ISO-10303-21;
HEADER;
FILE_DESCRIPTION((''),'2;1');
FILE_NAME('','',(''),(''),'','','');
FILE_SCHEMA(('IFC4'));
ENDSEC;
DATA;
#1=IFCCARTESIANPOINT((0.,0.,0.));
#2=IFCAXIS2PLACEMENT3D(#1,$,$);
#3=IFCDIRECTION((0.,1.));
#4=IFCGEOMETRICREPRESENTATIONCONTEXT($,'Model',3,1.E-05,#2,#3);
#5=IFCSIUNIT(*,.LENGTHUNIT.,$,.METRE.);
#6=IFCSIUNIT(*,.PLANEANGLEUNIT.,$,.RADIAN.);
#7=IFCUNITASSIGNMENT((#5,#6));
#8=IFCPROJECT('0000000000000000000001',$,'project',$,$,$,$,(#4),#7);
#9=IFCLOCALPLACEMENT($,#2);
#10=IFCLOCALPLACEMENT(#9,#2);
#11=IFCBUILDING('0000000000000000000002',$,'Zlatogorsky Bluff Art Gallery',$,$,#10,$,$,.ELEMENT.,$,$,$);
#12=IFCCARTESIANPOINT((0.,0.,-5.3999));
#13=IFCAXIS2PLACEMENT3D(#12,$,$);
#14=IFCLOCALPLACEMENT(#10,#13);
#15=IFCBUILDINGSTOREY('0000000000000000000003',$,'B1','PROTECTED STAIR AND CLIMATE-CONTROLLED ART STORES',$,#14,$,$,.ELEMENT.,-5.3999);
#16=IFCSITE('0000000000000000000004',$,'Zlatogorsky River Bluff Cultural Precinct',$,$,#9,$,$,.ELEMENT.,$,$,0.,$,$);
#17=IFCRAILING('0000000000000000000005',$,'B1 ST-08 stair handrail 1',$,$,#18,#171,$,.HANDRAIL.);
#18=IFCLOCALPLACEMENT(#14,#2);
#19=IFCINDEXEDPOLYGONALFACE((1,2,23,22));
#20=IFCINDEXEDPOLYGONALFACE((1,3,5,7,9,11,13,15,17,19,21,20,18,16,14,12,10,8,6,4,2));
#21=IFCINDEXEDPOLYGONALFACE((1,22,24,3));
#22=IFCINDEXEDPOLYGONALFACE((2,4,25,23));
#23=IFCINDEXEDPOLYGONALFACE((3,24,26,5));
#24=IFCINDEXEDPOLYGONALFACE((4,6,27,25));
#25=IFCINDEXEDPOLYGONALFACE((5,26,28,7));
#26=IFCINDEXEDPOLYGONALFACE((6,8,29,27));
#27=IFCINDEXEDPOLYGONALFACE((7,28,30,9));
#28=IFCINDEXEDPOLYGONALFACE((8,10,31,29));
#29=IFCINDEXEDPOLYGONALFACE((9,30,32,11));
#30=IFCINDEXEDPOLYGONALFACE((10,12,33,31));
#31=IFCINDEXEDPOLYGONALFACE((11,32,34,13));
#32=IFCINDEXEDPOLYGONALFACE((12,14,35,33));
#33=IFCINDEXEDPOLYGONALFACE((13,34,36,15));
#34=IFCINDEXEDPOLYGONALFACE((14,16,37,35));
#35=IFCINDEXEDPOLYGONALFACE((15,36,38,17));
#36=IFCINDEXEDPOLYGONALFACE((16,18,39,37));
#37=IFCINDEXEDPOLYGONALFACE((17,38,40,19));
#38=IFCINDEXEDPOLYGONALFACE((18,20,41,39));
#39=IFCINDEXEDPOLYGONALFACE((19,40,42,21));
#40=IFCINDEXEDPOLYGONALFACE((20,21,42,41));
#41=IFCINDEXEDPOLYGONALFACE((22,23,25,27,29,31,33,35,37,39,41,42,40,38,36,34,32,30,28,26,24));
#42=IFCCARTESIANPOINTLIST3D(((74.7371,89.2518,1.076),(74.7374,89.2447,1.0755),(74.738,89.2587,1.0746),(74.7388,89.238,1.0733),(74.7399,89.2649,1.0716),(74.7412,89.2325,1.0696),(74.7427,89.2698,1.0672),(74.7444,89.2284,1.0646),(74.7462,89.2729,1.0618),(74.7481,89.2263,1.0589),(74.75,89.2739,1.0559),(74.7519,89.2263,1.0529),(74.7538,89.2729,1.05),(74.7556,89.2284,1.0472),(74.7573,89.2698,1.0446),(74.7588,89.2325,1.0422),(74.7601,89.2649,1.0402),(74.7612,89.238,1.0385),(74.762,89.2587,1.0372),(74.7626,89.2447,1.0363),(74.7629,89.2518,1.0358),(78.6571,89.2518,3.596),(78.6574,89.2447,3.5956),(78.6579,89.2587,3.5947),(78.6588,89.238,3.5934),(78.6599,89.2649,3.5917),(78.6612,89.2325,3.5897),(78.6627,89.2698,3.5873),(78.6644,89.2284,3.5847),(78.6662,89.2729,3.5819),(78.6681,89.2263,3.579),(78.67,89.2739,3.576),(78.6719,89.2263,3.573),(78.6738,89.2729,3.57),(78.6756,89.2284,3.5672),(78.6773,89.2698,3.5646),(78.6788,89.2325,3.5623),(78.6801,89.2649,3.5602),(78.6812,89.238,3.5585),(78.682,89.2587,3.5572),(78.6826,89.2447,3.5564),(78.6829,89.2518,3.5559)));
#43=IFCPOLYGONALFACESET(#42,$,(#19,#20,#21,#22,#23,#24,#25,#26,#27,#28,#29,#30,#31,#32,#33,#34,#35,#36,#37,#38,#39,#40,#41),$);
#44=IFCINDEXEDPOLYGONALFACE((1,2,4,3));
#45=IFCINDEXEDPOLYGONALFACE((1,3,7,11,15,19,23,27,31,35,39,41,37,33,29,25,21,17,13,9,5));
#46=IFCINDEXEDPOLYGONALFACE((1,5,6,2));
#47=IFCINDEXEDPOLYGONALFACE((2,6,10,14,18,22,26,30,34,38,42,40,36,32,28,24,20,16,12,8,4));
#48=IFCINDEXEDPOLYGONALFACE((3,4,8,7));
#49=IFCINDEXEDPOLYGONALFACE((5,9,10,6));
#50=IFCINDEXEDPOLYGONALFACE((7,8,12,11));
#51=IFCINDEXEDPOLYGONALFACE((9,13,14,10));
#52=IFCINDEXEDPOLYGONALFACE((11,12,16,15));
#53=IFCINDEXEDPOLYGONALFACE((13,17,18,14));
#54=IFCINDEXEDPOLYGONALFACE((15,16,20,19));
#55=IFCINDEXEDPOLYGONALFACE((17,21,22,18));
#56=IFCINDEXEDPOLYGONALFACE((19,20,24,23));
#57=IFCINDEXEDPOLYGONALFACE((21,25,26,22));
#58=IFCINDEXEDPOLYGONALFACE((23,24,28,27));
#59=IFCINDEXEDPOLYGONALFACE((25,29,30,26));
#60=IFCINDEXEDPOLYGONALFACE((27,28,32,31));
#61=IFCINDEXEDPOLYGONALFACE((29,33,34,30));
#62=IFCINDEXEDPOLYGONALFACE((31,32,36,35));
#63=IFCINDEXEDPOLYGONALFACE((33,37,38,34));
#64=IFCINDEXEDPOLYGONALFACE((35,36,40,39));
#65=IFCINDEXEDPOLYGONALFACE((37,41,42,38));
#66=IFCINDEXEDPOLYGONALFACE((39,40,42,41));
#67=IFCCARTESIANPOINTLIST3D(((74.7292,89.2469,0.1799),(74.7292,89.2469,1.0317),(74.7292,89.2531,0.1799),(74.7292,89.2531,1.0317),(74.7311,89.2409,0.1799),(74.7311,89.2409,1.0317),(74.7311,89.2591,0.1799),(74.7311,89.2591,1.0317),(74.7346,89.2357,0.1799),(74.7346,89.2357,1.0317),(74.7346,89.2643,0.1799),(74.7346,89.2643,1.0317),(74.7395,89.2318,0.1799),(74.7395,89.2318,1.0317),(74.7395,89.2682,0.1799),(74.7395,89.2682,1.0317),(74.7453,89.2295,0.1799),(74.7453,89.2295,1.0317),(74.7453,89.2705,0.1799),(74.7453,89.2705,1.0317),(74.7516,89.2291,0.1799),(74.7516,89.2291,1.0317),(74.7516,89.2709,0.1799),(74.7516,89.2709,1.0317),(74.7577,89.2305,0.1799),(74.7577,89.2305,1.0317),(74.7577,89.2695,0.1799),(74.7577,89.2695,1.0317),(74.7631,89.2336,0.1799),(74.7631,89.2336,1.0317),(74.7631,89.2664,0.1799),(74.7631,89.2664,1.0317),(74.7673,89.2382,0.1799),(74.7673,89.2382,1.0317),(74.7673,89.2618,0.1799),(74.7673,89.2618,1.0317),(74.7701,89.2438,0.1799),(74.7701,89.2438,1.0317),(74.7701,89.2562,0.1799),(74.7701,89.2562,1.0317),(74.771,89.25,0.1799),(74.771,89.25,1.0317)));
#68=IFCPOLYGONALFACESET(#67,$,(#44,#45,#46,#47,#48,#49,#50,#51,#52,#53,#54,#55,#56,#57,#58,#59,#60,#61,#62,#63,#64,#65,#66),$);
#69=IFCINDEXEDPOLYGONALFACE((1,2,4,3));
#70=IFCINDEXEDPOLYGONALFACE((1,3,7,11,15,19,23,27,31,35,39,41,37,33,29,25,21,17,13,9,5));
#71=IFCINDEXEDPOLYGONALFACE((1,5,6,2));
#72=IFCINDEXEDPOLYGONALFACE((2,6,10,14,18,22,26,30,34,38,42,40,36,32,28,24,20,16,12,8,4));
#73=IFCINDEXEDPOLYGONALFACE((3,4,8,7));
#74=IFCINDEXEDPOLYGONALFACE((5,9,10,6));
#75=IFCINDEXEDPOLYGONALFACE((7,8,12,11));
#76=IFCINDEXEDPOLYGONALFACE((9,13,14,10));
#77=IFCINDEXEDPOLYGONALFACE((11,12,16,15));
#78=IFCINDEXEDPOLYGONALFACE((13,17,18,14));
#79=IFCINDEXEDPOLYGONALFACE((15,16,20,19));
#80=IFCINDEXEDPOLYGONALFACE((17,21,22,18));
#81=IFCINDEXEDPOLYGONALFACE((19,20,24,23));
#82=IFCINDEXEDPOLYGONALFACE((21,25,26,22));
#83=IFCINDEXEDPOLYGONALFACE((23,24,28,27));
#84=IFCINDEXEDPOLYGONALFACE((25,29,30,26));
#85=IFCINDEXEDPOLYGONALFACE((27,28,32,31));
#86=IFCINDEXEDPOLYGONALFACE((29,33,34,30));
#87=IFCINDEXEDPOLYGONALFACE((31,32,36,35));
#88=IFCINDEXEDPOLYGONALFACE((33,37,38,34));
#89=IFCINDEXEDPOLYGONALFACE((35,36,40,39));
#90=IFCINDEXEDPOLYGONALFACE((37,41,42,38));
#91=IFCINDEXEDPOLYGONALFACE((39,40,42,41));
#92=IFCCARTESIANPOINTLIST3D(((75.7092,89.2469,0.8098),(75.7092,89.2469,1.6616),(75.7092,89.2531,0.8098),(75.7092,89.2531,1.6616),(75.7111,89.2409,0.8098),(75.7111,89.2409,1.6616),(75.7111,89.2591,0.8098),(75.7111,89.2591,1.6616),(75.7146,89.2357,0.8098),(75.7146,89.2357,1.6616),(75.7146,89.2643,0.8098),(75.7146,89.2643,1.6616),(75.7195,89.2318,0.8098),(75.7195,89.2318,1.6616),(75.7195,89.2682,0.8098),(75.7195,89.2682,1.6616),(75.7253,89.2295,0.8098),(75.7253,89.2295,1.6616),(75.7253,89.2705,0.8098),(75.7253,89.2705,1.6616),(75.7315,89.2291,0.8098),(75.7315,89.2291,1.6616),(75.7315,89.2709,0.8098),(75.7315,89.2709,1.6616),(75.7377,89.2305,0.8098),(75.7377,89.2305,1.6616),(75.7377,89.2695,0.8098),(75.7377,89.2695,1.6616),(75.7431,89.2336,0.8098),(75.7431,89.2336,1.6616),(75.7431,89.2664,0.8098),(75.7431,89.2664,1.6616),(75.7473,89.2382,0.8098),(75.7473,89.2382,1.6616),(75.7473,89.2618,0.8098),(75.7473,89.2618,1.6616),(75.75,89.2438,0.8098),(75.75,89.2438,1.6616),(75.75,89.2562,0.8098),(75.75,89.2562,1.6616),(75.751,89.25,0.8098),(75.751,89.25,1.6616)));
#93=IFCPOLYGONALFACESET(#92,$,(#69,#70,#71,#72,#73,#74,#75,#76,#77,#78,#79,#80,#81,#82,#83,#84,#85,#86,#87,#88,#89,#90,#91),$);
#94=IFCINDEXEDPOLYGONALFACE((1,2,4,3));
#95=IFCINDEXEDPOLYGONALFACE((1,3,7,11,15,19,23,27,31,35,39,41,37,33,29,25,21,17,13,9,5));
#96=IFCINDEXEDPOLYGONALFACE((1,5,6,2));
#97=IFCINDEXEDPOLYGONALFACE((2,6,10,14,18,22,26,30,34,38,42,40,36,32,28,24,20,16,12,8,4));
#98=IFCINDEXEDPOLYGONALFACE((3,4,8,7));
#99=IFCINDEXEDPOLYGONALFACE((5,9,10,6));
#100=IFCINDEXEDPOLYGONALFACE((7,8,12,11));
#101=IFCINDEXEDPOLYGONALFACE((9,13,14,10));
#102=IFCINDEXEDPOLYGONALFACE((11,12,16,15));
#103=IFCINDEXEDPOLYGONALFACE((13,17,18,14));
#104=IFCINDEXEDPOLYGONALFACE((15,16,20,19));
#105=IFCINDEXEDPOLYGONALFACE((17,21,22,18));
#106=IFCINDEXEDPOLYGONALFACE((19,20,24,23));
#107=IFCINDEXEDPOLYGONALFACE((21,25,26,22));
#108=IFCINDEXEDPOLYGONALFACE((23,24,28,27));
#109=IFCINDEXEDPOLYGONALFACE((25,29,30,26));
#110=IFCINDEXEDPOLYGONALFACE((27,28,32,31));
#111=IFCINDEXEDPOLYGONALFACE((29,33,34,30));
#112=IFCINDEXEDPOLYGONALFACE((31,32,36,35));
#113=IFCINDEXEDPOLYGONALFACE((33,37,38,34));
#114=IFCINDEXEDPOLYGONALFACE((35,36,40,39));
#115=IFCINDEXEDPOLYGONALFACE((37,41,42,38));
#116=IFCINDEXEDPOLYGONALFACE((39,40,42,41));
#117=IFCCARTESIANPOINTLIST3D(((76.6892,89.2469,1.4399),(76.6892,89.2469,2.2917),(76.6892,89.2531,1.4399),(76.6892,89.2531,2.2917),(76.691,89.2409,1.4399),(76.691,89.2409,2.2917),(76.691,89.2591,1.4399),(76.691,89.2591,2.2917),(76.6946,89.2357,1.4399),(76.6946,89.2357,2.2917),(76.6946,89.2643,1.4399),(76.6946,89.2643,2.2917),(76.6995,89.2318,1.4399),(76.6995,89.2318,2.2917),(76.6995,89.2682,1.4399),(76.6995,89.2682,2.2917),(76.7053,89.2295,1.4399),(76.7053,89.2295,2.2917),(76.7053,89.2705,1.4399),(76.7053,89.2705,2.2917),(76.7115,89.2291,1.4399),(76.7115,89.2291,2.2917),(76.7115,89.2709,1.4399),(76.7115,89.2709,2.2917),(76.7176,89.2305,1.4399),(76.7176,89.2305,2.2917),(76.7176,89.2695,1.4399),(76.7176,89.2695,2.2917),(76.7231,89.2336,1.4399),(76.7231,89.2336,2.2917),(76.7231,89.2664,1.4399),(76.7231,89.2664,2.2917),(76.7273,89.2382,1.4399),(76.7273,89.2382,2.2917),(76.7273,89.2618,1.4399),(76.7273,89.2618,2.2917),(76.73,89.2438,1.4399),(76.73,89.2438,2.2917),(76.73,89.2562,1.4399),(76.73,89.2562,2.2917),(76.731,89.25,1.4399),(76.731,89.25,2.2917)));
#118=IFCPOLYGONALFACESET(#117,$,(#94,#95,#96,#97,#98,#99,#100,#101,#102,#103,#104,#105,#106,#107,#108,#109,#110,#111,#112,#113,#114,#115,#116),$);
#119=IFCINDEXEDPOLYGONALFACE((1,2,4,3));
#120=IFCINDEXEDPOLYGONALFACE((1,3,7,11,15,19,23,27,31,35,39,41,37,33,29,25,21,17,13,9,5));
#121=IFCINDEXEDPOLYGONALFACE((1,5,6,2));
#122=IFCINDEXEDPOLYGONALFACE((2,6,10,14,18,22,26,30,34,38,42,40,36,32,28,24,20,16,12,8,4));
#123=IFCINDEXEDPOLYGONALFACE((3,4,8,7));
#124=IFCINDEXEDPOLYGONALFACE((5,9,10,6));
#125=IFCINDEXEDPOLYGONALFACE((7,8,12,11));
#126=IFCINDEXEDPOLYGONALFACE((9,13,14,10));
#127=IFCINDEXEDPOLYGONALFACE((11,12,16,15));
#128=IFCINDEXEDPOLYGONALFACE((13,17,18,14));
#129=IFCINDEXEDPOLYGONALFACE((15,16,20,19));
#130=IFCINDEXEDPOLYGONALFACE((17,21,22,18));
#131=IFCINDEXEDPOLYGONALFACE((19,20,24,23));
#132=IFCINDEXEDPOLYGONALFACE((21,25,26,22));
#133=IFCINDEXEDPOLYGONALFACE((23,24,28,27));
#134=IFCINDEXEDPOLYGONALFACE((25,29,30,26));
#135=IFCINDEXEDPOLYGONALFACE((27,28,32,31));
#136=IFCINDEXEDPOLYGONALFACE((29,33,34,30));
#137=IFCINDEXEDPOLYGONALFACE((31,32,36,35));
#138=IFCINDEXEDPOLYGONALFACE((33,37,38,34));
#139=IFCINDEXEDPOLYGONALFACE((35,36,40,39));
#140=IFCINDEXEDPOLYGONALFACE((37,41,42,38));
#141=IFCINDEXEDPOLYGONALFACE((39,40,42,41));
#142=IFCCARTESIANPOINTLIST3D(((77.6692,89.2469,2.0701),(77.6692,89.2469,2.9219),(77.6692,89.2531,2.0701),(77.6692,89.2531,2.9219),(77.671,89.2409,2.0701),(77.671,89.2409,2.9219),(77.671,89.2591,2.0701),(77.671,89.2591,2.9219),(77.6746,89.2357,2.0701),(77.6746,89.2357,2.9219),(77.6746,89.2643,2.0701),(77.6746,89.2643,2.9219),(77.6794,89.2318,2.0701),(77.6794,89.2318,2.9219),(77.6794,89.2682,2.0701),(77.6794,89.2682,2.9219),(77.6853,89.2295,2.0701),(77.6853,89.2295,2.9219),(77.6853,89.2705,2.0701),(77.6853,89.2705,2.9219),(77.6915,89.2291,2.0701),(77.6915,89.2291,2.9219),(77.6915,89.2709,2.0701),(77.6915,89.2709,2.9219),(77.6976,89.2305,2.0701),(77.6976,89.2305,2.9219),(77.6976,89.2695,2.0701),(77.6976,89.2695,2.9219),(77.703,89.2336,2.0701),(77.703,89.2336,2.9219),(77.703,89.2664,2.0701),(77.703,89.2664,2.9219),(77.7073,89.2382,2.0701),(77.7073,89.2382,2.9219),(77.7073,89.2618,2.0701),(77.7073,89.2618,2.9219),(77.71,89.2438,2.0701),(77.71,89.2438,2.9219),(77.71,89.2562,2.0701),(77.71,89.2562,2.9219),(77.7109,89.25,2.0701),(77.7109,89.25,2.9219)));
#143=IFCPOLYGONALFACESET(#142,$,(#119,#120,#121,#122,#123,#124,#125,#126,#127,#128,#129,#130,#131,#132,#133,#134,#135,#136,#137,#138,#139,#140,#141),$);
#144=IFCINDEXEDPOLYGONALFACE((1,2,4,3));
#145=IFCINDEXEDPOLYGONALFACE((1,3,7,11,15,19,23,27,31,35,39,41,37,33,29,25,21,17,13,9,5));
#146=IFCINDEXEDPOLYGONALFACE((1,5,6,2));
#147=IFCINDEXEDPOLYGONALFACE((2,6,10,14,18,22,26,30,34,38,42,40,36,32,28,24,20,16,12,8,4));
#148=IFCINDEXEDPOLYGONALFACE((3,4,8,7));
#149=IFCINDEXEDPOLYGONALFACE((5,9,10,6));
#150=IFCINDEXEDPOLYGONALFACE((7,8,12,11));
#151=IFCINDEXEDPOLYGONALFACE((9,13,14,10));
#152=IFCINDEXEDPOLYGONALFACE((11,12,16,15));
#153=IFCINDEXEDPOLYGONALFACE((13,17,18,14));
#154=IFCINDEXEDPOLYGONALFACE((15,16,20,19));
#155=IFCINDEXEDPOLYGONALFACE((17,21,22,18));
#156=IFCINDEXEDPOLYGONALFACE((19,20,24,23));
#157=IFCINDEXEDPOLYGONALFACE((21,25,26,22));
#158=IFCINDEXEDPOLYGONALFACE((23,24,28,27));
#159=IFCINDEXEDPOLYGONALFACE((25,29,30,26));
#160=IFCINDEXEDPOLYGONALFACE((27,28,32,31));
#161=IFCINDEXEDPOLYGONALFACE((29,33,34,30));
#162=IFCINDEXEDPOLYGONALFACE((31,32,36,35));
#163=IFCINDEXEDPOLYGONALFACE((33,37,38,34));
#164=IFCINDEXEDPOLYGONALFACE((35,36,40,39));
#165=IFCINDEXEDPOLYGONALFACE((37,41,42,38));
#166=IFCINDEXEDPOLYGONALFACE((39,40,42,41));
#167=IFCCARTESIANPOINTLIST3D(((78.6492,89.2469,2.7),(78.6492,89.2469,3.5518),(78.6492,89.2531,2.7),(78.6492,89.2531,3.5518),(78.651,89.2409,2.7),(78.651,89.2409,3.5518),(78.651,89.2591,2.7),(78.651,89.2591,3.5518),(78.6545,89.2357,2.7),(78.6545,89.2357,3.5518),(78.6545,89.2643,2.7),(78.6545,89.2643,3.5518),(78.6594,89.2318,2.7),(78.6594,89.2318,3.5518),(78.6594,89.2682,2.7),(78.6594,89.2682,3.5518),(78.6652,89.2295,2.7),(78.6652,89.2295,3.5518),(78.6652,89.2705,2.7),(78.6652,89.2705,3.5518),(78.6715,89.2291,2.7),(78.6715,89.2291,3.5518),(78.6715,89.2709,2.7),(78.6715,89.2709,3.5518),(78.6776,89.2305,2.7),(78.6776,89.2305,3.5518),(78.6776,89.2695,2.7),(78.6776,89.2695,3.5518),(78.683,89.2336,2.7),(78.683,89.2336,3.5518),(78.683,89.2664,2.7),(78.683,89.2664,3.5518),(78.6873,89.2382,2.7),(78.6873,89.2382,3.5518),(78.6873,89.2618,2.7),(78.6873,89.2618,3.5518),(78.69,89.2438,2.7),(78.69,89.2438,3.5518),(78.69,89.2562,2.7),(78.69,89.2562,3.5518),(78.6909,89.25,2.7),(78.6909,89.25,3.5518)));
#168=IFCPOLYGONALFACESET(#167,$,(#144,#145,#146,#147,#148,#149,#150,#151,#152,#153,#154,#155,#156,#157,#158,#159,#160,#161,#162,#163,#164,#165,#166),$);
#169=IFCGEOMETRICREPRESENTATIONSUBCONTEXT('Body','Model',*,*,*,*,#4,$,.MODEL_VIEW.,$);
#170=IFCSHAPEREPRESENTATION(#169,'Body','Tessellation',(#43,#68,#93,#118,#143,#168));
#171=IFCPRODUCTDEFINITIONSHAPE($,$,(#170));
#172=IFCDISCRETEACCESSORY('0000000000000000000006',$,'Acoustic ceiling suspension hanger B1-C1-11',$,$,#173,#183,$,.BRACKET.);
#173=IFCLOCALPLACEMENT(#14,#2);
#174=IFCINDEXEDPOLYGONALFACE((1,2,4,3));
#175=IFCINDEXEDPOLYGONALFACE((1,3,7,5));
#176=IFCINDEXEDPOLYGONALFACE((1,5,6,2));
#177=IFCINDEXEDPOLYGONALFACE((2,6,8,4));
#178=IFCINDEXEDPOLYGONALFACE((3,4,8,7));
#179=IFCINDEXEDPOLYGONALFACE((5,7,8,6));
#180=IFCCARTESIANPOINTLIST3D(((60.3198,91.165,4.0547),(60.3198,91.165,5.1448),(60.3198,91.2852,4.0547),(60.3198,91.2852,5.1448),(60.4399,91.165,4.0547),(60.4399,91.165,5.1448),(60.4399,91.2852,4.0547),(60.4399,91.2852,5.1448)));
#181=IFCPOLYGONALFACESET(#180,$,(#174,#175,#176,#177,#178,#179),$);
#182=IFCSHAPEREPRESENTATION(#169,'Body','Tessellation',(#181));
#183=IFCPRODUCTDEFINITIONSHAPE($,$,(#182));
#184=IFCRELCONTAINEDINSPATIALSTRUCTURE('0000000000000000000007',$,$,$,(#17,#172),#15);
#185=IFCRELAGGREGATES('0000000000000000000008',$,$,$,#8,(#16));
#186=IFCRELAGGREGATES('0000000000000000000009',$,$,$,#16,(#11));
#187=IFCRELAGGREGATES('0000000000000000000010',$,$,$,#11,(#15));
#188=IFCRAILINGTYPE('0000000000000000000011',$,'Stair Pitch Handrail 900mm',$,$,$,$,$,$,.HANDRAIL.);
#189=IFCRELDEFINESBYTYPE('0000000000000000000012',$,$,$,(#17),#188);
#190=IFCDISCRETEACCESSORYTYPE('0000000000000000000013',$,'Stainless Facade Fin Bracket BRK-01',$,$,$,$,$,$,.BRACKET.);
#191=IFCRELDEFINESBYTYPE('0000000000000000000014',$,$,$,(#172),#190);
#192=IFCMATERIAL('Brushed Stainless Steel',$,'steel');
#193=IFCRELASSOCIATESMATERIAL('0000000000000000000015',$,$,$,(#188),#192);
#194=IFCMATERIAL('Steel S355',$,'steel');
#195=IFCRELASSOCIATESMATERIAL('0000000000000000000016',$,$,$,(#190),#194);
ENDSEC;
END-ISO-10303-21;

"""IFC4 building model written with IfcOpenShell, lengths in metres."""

from ifc_helpers import new_model, si_unit, direction, frame, origin, origin_2d, place, context, subcontext, project, spatial, rectangle, circle, extrude, material, type_object, element, save


model = new_model("IFC4")

# Units and contexts
model_context = context("Model", 3, precision=1e-05, world=origin(), true_north=direction((0.0, 1.0)))
body_context = subcontext(model_context, "Body", "Model", "MODEL_VIEW")
ifc_project = project(units=[si_unit("LENGTHUNIT", "METRE"), si_unit("PLANEANGLEUNIT", "RADIAN")], contexts=[model_context])

# Site, building, storey
site_placement = place(None, origin())
site = spatial("IfcSite", under=ifc_project, at=site_placement, Name="Zlatogorsky River Bluff Cultural Precinct", CompositionType="ELEMENT", RefElevation=0.0)
building_placement = place(site_placement, origin())
building = spatial("IfcBuilding", under=site, at=building_placement, Name="Zlatogorsky Bluff Art Gallery", CompositionType="ELEMENT")
storey_placement = place(building_placement, frame((0.0, 0.0, -5.3999)))
storey = spatial("IfcBuildingStorey", under=building, at=storey_placement, Name="B1", Description="PROTECTED STAIR AND CLIMATE-CONTROLLED ART STORES", CompositionType="ELEMENT", Elevation=-5.3999)

# Shared definitions
ifc_material_1 = material(Name="Steel S355", Category="steel")

# Railing
ifc_material_2 = material(Name="Brushed Stainless Steel", Category="steel")
railing_type_1 = type_object("IfcRailingType", Name="Stair Pitch Handrail 900mm", PredefinedType="HANDRAIL", material=ifc_material_2)
railing_1_placement = place(storey_placement, frame((74.75, 89.25, 0.1799)))
element("IfcRailing", 1, at=railing_1_placement, inside=storey, type_object=railing_type_1, Name="B1 ST-08 stair handrail 1", PredefinedType="HANDRAIL", context=body_context, shape_type="SweptSolid", body=[
    extrude(circle(Radius=0.0239, at=origin_2d()), frame((0.0, 0.0, 0.876), z_axis=(0.841172, 0.0, 0.540768), x_axis=(0.0, 1.0, 0.0)), (0.0, 0.0, 1.0), 4.6602),
    extrude(circle(Radius=0.021, at=origin_2d()), origin(), (0.0, 0.0, 1.0), 0.8518),
    extrude(circle(Radius=0.021, at=origin_2d()), frame((0.98, 0.0, 0.6299)), (0.0, 0.0, 1.0), 0.8518),
    extrude(circle(Radius=0.021, at=origin_2d()), frame((1.96, 0.0, 1.26)), (0.0, 0.0, 1.0), 0.8518),
    extrude(circle(Radius=0.021, at=origin_2d()), frame((2.9399, 0.0, 1.8901)), (0.0, 0.0, 1.0), 0.8518),
    extrude(circle(Radius=0.021, at=origin_2d()), frame((3.9199, 0.0, 2.52)), (0.0, 0.0, 1.0), 0.8518),
])

# Discrete accessory
discrete_accessory_type = type_object("IfcDiscreteAccessoryType", Name="Stainless Facade Fin Bracket BRK-01", PredefinedType="BRACKET", material=ifc_material_1)
discrete_accessory_placement = place(storey_placement, frame((60.3799, 91.2251, 4.0547), z_axis=(0.0, 0.0, 1.0), x_axis=(1.0, 0.0, 0.0)))
element("IfcDiscreteAccessory", 2, at=discrete_accessory_placement, inside=storey, type_object=discrete_accessory_type, Name="Acoustic ceiling suspension hanger B1-C1-11", PredefinedType="BRACKET", context=body_context, shape_type="SweptSolid", body=[
    extrude(rectangle(XDim=0.1201, YDim=0.1201, at=origin_2d()), origin(), (0.0, 0.0, 1.0), 1.0901),
])

save(model, "model.ifc")
